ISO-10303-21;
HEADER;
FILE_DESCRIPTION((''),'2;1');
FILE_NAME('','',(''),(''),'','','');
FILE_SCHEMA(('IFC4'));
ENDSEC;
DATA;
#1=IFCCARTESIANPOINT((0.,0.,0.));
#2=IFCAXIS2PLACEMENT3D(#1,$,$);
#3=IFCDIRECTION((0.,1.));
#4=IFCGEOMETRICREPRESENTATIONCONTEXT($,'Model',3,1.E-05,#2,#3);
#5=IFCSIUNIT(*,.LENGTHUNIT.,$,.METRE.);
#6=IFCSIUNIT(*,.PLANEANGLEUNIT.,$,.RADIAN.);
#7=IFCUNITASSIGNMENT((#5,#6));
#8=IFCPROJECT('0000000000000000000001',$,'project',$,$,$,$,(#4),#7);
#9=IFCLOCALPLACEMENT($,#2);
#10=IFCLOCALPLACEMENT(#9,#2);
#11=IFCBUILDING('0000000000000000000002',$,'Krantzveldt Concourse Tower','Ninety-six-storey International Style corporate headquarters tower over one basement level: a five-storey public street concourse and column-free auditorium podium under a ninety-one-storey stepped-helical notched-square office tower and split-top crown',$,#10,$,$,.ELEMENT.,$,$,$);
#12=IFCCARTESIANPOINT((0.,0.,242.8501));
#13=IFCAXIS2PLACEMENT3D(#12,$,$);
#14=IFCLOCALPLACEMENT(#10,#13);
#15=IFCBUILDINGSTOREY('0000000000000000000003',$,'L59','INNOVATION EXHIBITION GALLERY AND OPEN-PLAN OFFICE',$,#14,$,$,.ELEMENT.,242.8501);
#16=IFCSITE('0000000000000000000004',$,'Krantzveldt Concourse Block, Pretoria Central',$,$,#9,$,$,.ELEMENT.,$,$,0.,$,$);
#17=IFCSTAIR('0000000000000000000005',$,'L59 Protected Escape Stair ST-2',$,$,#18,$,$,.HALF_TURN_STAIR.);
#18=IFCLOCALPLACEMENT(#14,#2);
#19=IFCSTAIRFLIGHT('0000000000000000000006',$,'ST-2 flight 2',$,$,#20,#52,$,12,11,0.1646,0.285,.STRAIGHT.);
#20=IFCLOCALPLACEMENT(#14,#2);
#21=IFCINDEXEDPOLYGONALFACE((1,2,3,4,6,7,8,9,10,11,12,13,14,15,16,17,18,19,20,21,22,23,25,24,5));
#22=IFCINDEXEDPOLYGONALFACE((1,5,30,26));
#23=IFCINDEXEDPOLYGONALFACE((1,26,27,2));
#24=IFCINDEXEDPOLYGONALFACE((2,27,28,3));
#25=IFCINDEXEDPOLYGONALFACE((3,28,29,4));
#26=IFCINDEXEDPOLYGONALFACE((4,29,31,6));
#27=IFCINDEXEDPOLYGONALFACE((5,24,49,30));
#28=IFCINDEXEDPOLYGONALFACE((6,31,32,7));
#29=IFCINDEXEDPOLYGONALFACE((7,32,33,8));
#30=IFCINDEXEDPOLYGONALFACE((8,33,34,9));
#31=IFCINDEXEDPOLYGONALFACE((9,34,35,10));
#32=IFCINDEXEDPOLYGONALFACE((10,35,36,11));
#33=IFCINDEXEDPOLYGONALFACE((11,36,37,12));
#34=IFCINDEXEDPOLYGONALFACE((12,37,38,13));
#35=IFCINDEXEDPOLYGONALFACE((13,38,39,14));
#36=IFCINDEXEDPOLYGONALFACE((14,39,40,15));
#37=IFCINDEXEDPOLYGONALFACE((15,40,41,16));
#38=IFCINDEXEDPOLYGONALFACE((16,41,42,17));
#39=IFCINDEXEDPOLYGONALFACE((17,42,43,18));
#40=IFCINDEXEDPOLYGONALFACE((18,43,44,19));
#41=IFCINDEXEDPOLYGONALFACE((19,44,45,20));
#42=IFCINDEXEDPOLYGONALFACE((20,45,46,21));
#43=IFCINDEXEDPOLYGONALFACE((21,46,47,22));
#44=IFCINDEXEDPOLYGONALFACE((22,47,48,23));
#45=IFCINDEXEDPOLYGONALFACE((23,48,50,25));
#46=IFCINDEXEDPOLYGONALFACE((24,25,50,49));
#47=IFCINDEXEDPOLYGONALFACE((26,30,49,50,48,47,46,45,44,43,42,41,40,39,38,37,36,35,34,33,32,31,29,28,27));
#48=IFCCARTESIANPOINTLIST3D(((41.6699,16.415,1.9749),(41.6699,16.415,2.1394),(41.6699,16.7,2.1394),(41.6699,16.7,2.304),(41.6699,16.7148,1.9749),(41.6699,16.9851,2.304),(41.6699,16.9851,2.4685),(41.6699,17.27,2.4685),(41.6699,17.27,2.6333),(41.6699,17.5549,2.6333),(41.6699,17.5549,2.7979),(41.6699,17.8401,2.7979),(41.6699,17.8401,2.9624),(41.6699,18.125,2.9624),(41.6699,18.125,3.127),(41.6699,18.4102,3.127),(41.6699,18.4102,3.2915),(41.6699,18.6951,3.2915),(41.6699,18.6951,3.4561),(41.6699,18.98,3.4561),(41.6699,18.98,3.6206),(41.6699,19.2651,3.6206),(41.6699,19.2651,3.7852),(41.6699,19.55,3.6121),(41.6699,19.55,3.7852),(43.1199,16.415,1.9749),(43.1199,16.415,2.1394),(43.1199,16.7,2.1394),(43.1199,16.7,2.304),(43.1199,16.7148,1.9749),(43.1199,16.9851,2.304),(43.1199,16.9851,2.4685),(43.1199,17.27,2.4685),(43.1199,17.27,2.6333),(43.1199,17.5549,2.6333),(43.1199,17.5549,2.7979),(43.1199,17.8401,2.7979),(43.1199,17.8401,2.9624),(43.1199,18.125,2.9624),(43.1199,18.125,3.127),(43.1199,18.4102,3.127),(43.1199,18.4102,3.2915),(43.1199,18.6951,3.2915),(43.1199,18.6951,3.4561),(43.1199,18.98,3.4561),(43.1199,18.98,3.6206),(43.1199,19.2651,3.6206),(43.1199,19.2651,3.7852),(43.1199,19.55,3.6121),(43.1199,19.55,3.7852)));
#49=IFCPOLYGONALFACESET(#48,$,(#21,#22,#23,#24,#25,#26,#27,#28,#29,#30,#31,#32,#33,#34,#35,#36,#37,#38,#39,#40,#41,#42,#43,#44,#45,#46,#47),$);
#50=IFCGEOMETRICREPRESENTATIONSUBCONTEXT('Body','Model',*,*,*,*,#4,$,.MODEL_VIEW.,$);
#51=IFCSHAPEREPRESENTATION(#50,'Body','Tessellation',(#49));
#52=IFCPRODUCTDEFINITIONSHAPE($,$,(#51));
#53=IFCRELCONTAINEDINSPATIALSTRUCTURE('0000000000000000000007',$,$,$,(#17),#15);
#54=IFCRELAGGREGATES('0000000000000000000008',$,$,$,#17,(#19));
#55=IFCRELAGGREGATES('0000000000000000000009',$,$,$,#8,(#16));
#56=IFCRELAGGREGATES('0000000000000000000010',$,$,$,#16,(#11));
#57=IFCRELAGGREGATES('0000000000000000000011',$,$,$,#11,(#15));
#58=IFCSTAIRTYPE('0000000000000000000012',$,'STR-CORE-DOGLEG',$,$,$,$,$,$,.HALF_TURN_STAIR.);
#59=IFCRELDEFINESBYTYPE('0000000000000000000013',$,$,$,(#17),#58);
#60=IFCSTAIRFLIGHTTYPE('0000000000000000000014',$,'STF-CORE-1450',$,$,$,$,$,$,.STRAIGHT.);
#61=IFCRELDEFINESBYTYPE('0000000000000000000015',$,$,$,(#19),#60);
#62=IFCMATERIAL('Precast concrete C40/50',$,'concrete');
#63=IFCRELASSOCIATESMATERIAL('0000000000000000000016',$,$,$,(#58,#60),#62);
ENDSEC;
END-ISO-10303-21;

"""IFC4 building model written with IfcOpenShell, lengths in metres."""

from ifc_helpers import new_model, si_unit, direction, frame, origin, place, context, subcontext, project, spatial, polyline, outline, extrude, material, type_object, element, aggregate, save


model = new_model("IFC4")

# Units and contexts
model_context = context("Model", 3, precision=1e-05, world=origin(), true_north=direction((0.0, 1.0)))
body_context = subcontext(model_context, "Body", "Model", "MODEL_VIEW")
ifc_project = project(units=[si_unit("LENGTHUNIT", "METRE"), si_unit("PLANEANGLEUNIT", "RADIAN")], contexts=[model_context])

# Site, building, storey
site_placement = place(None, origin())
site = spatial("IfcSite", under=ifc_project, at=site_placement, Name="Krantzveldt Concourse Block, Pretoria Central", CompositionType="ELEMENT", RefElevation=0.0)
building_placement = place(site_placement, origin())
building = spatial("IfcBuilding", under=site, at=building_placement, Name="Krantzveldt Concourse Tower", Description="Ninety-six-storey International Style corporate headquarters tower over one basement level: a five-storey public street concourse and column-free auditorium podium under a ninety-one-storey stepped-helical notched-square office tower and split-top crown", CompositionType="ELEMENT")
storey_placement = place(building_placement, frame((0.0, 0.0, 242.8501)))
storey = spatial("IfcBuildingStorey", under=building, at=storey_placement, Name="L59", Description="INNOVATION EXHIBITION GALLERY AND OPEN-PLAN OFFICE", CompositionType="ELEMENT", Elevation=242.8501)

# Stair, stair flight
ifc_material_1 = material(Name="Precast concrete C40/50", Category="concrete")
stair_type = type_object("IfcStairType", Name="STR-CORE-DOGLEG", PredefinedType="HALF_TURN_STAIR", material=ifc_material_1)
stair_placement = place(storey_placement, origin())
stair = element("IfcStair", 1, at=stair_placement, inside=storey, type_object=stair_type, Name="L59 Protected Escape Stair ST-2", PredefinedType="HALF_TURN_STAIR")
stair_flight_type = type_object("IfcStairFlightType", Name="STF-CORE-1450", PredefinedType="STRAIGHT", material=ifc_material_1)
stair_flight_1_placement = place(storey_placement, frame((42.395, 16.415, 1.9749), z_axis=(0.0, 0.0, 1.0), x_axis=(0.0, 1.0, 0.0)))
stair_flight_1 = element("IfcStairFlight", 2, at=stair_flight_1_placement, type_object=stair_flight_type, Name="ST-2 flight 2", NumberOfRisers=12, NumberOfTreads=11, PredefinedType="STRAIGHT", RiserHeight=0.1646, TreadLength=0.285, context=body_context, shape_type="SweptSolid", body=[
    extrude(outline(polyline([(0.0, 0.0), (0.0, 0.1646), (0.2849, 0.1646), (0.2849, 0.3291), (0.5701, 0.3291), (0.5701, 0.4937), (0.855, 0.4937), (0.855, 0.6584), (1.1399, 0.6584), (1.1399, 0.823), (1.425, 0.823), (1.425, 0.9875), (1.71, 0.9875), (1.71, 1.1521), (1.9951, 1.1521), (1.9951, 1.3167), (2.28, 1.3167), (2.28, 1.4812), (2.5649, 1.4812), (2.5649, 1.6458), (2.8501, 1.6458), (2.8501, 1.8103), (3.135, 1.8103), (3.135, 1.9751), (3.135, 1.6372), (0.2998, 0.0), (0.0, 0.0)])), frame((0.0, 0.7251, 0.0), z_axis=(0.0, -1.0, 0.0), x_axis=(1.0, 0.0, 0.0)), (0.0, 0.0, 1.0), 1.45),
])
aggregate(stair, [stair_flight_1])

save(model, "model.ifc")
